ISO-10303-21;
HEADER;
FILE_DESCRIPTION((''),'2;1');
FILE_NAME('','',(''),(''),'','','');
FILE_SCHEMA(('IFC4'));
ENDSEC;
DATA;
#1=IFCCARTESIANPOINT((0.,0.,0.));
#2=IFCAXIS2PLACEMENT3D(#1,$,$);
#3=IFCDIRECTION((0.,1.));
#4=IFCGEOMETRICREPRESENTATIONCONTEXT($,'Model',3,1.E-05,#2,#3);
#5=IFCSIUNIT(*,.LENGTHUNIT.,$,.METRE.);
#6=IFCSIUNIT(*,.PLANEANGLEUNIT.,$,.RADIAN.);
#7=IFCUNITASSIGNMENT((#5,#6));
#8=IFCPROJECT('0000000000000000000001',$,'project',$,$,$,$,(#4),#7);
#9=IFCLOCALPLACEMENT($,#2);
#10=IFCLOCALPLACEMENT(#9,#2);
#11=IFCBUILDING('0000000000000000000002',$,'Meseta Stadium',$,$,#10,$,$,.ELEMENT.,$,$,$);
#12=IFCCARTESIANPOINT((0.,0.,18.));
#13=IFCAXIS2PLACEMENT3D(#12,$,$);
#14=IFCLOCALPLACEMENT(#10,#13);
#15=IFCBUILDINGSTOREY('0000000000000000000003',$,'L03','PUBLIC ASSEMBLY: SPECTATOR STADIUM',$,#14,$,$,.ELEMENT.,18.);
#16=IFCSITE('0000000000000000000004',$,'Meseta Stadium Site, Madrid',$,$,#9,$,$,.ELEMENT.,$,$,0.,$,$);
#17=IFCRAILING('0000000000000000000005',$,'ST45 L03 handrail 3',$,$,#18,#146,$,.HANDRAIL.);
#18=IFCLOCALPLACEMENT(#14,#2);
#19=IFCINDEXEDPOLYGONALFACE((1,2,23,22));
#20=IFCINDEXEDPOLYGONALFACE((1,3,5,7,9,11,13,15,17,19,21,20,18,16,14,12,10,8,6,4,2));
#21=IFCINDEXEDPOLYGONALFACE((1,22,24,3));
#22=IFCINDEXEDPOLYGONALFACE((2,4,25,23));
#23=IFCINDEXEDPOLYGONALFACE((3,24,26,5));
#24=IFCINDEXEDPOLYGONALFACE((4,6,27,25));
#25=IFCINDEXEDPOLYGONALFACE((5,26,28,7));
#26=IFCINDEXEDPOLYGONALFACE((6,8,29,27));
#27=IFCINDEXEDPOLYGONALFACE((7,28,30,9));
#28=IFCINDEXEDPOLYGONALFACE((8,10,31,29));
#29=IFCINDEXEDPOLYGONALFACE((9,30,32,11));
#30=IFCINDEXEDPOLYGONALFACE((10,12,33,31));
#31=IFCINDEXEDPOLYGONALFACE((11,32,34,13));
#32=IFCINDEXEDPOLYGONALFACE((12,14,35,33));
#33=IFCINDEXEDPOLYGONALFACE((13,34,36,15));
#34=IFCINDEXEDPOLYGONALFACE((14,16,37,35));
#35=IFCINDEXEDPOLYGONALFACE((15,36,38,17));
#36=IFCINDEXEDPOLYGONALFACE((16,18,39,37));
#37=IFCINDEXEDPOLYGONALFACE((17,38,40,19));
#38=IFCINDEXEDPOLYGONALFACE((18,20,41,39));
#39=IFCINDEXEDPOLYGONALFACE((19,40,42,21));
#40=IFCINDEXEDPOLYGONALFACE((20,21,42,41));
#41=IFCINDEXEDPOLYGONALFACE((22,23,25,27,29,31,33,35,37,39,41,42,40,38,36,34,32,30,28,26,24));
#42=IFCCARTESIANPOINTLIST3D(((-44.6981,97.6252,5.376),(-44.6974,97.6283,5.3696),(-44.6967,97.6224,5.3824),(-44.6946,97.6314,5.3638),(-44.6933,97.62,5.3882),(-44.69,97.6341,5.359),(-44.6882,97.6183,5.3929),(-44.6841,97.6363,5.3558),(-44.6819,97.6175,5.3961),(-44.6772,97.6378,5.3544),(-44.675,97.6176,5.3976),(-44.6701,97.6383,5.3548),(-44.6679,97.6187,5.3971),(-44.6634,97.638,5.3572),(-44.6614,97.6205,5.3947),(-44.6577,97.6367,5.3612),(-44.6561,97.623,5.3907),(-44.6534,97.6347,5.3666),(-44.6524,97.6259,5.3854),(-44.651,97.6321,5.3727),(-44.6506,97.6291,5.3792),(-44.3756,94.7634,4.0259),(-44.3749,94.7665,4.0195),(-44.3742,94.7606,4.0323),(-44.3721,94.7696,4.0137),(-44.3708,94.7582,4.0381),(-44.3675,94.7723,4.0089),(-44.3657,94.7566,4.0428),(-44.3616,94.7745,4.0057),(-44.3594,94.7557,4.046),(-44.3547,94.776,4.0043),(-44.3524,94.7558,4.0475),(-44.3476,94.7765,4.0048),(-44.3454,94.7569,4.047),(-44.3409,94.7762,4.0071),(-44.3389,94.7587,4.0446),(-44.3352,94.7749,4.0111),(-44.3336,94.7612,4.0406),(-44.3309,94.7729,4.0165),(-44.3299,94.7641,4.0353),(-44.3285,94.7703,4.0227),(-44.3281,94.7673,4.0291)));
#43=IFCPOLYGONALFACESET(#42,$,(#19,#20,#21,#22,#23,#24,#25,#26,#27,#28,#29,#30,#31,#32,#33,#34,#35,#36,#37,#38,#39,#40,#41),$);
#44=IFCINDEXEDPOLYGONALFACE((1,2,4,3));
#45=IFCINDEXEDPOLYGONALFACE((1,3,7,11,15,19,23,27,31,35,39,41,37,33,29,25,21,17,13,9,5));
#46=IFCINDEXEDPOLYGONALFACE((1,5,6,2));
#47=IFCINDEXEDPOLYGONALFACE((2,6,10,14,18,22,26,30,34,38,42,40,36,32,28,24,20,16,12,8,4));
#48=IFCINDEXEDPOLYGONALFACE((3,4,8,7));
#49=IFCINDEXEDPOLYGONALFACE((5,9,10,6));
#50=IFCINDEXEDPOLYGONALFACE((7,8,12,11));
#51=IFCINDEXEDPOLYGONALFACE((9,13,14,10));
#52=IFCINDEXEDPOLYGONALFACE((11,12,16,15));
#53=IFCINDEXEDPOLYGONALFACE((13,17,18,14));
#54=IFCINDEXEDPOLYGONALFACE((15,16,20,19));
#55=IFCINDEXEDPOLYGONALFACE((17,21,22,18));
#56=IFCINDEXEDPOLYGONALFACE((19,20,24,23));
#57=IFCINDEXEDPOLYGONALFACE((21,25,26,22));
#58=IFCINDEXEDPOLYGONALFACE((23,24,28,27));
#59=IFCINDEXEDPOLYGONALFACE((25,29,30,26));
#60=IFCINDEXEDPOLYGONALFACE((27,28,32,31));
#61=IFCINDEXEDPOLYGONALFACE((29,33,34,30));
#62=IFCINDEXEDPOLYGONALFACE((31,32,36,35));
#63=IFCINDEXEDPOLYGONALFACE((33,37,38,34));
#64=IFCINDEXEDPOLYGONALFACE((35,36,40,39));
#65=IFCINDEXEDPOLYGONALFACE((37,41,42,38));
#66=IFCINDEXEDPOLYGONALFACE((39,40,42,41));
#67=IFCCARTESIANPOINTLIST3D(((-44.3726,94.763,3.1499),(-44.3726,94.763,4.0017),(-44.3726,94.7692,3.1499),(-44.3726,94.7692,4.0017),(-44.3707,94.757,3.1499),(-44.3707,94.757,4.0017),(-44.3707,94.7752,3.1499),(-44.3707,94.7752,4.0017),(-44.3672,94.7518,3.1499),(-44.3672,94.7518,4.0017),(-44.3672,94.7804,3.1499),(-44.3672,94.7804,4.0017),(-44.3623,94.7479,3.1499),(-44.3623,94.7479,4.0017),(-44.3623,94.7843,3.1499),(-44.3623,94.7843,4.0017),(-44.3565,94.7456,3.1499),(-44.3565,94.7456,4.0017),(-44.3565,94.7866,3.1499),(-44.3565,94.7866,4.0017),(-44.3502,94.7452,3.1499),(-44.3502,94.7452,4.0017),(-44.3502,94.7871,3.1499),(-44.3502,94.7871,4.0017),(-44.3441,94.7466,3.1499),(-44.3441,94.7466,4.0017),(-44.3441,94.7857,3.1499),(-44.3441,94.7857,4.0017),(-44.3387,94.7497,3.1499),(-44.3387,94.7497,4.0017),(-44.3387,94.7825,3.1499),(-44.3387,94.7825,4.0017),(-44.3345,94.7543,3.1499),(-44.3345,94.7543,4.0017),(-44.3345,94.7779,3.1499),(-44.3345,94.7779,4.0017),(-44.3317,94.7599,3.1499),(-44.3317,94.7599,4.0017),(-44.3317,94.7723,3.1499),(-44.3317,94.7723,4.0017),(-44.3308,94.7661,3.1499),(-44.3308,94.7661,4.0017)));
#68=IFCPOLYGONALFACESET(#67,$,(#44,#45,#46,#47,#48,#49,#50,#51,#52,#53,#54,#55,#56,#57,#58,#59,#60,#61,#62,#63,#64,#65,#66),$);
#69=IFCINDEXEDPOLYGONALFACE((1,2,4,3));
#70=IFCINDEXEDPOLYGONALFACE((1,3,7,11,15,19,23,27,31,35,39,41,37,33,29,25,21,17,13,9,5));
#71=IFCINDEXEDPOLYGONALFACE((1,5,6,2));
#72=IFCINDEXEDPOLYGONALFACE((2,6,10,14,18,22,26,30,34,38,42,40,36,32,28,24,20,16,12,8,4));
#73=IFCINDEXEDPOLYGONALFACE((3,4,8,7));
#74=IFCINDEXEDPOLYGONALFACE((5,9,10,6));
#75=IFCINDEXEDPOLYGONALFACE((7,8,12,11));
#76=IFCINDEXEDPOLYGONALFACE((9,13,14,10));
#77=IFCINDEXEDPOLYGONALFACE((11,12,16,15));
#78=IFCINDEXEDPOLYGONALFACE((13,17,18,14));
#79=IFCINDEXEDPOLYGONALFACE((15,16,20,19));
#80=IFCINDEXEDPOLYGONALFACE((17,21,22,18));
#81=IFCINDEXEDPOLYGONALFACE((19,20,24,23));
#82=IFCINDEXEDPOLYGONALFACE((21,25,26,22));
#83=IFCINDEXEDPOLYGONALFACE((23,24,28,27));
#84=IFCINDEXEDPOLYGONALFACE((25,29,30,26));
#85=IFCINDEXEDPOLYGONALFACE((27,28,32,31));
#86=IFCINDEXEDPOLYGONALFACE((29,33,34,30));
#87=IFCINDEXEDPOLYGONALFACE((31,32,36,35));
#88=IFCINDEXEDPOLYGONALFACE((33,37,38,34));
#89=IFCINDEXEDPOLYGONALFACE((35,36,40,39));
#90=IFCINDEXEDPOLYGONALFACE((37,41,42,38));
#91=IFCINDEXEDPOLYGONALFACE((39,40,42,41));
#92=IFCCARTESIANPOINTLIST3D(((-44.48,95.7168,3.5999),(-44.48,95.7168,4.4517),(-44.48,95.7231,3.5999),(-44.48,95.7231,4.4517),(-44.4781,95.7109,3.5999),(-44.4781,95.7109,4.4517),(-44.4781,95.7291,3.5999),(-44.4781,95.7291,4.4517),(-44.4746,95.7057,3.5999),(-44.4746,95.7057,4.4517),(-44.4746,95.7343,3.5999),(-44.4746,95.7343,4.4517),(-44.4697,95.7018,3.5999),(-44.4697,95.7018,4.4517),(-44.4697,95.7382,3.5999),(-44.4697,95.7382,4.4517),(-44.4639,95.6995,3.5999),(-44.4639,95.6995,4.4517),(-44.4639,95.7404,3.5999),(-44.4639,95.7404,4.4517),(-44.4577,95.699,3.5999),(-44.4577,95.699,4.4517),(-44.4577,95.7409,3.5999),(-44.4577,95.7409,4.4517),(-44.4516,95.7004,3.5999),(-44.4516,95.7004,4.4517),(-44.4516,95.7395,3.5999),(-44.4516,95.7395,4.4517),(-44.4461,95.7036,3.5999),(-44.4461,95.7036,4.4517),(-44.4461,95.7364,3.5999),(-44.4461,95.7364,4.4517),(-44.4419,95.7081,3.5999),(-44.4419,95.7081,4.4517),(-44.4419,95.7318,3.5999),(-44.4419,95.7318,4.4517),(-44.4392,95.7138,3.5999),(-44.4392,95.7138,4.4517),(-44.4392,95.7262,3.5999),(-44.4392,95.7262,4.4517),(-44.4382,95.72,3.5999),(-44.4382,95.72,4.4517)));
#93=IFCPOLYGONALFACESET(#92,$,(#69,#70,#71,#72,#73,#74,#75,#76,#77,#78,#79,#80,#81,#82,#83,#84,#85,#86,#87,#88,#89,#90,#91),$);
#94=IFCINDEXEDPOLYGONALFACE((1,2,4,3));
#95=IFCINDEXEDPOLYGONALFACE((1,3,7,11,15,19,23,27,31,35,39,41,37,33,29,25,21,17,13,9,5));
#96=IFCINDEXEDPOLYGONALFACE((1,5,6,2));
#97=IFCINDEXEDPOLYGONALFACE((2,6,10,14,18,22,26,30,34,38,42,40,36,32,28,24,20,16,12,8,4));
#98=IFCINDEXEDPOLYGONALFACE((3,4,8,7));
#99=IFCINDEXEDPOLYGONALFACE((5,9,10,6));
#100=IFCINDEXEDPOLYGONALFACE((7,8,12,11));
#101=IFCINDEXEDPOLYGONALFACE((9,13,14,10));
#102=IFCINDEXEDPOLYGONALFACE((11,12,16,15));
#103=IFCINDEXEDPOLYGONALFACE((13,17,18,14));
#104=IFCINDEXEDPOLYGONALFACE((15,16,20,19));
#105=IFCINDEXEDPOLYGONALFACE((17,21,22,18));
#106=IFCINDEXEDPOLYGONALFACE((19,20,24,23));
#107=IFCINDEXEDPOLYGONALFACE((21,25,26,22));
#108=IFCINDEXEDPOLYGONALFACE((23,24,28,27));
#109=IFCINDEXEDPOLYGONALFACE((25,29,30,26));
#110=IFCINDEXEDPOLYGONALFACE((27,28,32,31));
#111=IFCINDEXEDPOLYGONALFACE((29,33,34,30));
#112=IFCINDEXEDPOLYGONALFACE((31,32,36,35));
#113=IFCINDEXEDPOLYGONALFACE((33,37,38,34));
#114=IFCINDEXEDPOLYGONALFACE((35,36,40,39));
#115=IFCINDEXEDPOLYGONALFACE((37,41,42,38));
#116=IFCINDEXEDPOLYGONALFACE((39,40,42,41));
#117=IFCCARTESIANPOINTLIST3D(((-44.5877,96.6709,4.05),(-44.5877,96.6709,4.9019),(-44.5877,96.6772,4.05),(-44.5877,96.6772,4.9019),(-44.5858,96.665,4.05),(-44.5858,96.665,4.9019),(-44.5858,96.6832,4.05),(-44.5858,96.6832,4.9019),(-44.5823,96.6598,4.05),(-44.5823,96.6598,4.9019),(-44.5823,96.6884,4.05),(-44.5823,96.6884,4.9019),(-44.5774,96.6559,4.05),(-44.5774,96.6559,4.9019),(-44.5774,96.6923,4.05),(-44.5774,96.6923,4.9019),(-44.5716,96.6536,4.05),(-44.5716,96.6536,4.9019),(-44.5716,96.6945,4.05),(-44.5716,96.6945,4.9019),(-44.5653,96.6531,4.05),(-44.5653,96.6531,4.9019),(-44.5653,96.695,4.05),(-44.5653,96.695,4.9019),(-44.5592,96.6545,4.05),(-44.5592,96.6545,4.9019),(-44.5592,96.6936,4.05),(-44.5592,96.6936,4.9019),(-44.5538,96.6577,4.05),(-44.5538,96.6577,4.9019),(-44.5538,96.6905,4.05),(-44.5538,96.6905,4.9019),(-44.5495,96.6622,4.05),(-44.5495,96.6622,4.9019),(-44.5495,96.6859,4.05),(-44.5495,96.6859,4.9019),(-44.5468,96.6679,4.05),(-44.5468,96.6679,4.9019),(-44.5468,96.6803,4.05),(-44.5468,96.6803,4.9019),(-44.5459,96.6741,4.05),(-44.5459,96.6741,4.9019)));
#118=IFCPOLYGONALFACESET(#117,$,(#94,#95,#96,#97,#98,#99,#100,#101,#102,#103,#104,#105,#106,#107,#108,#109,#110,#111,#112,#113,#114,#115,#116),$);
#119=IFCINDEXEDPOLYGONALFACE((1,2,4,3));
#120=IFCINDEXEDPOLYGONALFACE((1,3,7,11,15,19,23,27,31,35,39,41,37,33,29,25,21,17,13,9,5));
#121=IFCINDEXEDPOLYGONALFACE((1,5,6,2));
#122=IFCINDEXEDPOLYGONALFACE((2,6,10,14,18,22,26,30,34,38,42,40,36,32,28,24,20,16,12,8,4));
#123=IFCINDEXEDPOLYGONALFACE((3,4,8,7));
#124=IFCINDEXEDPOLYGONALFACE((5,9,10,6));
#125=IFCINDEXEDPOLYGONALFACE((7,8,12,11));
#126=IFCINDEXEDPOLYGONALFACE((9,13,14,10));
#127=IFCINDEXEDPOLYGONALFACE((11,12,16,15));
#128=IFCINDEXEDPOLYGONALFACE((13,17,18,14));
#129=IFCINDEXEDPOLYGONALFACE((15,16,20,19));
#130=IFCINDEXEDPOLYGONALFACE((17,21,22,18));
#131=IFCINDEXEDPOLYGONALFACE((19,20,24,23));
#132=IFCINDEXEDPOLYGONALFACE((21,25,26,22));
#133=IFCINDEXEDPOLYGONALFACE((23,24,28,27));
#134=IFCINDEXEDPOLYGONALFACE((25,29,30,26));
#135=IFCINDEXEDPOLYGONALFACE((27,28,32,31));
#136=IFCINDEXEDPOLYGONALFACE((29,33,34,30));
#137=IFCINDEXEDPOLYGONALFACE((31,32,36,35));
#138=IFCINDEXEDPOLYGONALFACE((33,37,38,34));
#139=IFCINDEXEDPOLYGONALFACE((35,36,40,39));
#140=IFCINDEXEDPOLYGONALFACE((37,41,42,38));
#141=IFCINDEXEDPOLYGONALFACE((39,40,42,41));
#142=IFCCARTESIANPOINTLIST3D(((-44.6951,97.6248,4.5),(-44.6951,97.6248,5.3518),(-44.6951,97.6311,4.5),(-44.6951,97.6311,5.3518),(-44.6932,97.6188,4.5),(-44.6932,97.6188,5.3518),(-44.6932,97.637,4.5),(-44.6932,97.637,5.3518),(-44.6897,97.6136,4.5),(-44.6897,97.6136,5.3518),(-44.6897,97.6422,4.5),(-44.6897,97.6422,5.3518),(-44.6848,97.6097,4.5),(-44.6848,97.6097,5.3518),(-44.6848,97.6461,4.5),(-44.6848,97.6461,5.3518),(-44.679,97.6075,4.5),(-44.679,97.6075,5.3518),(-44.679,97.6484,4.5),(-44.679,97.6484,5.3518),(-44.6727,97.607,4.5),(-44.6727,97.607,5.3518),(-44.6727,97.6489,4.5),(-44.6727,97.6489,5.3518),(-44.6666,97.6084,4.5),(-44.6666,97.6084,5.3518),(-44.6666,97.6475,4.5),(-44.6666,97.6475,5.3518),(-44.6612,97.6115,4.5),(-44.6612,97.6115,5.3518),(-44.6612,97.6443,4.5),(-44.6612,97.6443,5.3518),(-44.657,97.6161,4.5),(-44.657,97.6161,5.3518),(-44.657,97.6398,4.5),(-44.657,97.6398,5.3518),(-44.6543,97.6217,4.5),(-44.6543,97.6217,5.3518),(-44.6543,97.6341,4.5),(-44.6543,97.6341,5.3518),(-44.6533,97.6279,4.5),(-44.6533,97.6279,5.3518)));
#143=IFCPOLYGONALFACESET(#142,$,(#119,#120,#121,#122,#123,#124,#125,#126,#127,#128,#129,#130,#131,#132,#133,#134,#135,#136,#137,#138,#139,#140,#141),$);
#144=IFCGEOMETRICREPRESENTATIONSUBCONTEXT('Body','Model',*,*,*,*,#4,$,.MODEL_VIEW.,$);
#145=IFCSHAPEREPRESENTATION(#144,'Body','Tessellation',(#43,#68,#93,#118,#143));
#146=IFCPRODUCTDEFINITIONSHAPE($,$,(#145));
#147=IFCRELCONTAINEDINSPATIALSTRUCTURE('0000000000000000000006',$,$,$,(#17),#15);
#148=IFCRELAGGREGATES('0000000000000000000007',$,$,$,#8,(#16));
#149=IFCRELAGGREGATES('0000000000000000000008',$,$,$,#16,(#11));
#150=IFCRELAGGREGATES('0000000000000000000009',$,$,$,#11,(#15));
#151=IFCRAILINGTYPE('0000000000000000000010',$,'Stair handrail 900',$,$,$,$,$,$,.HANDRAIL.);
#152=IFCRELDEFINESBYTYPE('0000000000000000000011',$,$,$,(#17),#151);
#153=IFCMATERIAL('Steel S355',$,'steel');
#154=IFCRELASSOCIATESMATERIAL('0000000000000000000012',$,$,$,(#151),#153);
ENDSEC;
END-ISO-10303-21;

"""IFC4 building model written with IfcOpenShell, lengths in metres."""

from ifc_helpers import new_model, si_unit, direction, frame, origin, origin_2d, place, context, subcontext, project, spatial, circle, extrude, material, type_object, element, save


model = new_model("IFC4")

# Units and contexts
model_context = context("Model", 3, precision=1e-05, world=origin(), true_north=direction((0.0, 1.0)))
body_context = subcontext(model_context, "Body", "Model", "MODEL_VIEW")
ifc_project = project(units=[si_unit("LENGTHUNIT", "METRE"), si_unit("PLANEANGLEUNIT", "RADIAN")], contexts=[model_context])

# Site, building, storey
site_placement = place(None, origin())
site = spatial("IfcSite", under=ifc_project, at=site_placement, Name="Meseta Stadium Site, Madrid", CompositionType="ELEMENT", RefElevation=0.0)
building_placement = place(site_placement, origin())
building = spatial("IfcBuilding", under=site, at=building_placement, Name="Meseta Stadium", CompositionType="ELEMENT")
storey_placement = place(building_placement, frame((0.0, 0.0, 18.0)))
storey = spatial("IfcBuildingStorey", under=building, at=storey_placement, Name="L03", Description="PUBLIC ASSEMBLY: SPECTATOR STADIUM", CompositionType="ELEMENT", Elevation=18.0)

# Railing
ifc_material_1 = material(Name="Steel S355", Category="steel")
railing_type_1 = type_object("IfcRailingType", Name="Stair handrail 900", PredefinedType="HANDRAIL", material=ifc_material_1)
railing_1_placement = place(storey_placement, frame((-44.3518, 94.7661, 3.1499)))
element("IfcRailing", 1, at=railing_1_placement, inside=storey, type_object=railing_type_1, Name="ST45 L03 handrail 3", PredefinedType="HANDRAIL", context=body_context, shape_type="SweptSolid", body=[
    extrude(circle(Radius=0.0239, at=origin_2d()), frame((0.0, 0.0, 0.876), z_axis=(-0.101396, 0.899748, 0.424467), x_axis=(-0.99371, -0.111985, 0.0)), (0.0, 0.0, 1.0), 3.1807),
    extrude(circle(Radius=0.021, at=origin_2d()), origin(), (0.0, 0.0, 1.0), 0.8518),
    extrude(circle(Radius=0.021, at=origin_2d()), frame((-0.1074, 0.9539, 0.45)), (0.0, 0.0, 1.0), 0.8518),
    extrude(circle(Radius=0.021, at=origin_2d()), frame((-0.2151, 1.908, 0.9001)), (0.0, 0.0, 1.0), 0.8518),
    extrude(circle(Radius=0.021, at=origin_2d()), frame((-0.3225, 2.8618, 1.3501)), (0.0, 0.0, 1.0), 0.8518),
])

save(model, "model.ifc")
